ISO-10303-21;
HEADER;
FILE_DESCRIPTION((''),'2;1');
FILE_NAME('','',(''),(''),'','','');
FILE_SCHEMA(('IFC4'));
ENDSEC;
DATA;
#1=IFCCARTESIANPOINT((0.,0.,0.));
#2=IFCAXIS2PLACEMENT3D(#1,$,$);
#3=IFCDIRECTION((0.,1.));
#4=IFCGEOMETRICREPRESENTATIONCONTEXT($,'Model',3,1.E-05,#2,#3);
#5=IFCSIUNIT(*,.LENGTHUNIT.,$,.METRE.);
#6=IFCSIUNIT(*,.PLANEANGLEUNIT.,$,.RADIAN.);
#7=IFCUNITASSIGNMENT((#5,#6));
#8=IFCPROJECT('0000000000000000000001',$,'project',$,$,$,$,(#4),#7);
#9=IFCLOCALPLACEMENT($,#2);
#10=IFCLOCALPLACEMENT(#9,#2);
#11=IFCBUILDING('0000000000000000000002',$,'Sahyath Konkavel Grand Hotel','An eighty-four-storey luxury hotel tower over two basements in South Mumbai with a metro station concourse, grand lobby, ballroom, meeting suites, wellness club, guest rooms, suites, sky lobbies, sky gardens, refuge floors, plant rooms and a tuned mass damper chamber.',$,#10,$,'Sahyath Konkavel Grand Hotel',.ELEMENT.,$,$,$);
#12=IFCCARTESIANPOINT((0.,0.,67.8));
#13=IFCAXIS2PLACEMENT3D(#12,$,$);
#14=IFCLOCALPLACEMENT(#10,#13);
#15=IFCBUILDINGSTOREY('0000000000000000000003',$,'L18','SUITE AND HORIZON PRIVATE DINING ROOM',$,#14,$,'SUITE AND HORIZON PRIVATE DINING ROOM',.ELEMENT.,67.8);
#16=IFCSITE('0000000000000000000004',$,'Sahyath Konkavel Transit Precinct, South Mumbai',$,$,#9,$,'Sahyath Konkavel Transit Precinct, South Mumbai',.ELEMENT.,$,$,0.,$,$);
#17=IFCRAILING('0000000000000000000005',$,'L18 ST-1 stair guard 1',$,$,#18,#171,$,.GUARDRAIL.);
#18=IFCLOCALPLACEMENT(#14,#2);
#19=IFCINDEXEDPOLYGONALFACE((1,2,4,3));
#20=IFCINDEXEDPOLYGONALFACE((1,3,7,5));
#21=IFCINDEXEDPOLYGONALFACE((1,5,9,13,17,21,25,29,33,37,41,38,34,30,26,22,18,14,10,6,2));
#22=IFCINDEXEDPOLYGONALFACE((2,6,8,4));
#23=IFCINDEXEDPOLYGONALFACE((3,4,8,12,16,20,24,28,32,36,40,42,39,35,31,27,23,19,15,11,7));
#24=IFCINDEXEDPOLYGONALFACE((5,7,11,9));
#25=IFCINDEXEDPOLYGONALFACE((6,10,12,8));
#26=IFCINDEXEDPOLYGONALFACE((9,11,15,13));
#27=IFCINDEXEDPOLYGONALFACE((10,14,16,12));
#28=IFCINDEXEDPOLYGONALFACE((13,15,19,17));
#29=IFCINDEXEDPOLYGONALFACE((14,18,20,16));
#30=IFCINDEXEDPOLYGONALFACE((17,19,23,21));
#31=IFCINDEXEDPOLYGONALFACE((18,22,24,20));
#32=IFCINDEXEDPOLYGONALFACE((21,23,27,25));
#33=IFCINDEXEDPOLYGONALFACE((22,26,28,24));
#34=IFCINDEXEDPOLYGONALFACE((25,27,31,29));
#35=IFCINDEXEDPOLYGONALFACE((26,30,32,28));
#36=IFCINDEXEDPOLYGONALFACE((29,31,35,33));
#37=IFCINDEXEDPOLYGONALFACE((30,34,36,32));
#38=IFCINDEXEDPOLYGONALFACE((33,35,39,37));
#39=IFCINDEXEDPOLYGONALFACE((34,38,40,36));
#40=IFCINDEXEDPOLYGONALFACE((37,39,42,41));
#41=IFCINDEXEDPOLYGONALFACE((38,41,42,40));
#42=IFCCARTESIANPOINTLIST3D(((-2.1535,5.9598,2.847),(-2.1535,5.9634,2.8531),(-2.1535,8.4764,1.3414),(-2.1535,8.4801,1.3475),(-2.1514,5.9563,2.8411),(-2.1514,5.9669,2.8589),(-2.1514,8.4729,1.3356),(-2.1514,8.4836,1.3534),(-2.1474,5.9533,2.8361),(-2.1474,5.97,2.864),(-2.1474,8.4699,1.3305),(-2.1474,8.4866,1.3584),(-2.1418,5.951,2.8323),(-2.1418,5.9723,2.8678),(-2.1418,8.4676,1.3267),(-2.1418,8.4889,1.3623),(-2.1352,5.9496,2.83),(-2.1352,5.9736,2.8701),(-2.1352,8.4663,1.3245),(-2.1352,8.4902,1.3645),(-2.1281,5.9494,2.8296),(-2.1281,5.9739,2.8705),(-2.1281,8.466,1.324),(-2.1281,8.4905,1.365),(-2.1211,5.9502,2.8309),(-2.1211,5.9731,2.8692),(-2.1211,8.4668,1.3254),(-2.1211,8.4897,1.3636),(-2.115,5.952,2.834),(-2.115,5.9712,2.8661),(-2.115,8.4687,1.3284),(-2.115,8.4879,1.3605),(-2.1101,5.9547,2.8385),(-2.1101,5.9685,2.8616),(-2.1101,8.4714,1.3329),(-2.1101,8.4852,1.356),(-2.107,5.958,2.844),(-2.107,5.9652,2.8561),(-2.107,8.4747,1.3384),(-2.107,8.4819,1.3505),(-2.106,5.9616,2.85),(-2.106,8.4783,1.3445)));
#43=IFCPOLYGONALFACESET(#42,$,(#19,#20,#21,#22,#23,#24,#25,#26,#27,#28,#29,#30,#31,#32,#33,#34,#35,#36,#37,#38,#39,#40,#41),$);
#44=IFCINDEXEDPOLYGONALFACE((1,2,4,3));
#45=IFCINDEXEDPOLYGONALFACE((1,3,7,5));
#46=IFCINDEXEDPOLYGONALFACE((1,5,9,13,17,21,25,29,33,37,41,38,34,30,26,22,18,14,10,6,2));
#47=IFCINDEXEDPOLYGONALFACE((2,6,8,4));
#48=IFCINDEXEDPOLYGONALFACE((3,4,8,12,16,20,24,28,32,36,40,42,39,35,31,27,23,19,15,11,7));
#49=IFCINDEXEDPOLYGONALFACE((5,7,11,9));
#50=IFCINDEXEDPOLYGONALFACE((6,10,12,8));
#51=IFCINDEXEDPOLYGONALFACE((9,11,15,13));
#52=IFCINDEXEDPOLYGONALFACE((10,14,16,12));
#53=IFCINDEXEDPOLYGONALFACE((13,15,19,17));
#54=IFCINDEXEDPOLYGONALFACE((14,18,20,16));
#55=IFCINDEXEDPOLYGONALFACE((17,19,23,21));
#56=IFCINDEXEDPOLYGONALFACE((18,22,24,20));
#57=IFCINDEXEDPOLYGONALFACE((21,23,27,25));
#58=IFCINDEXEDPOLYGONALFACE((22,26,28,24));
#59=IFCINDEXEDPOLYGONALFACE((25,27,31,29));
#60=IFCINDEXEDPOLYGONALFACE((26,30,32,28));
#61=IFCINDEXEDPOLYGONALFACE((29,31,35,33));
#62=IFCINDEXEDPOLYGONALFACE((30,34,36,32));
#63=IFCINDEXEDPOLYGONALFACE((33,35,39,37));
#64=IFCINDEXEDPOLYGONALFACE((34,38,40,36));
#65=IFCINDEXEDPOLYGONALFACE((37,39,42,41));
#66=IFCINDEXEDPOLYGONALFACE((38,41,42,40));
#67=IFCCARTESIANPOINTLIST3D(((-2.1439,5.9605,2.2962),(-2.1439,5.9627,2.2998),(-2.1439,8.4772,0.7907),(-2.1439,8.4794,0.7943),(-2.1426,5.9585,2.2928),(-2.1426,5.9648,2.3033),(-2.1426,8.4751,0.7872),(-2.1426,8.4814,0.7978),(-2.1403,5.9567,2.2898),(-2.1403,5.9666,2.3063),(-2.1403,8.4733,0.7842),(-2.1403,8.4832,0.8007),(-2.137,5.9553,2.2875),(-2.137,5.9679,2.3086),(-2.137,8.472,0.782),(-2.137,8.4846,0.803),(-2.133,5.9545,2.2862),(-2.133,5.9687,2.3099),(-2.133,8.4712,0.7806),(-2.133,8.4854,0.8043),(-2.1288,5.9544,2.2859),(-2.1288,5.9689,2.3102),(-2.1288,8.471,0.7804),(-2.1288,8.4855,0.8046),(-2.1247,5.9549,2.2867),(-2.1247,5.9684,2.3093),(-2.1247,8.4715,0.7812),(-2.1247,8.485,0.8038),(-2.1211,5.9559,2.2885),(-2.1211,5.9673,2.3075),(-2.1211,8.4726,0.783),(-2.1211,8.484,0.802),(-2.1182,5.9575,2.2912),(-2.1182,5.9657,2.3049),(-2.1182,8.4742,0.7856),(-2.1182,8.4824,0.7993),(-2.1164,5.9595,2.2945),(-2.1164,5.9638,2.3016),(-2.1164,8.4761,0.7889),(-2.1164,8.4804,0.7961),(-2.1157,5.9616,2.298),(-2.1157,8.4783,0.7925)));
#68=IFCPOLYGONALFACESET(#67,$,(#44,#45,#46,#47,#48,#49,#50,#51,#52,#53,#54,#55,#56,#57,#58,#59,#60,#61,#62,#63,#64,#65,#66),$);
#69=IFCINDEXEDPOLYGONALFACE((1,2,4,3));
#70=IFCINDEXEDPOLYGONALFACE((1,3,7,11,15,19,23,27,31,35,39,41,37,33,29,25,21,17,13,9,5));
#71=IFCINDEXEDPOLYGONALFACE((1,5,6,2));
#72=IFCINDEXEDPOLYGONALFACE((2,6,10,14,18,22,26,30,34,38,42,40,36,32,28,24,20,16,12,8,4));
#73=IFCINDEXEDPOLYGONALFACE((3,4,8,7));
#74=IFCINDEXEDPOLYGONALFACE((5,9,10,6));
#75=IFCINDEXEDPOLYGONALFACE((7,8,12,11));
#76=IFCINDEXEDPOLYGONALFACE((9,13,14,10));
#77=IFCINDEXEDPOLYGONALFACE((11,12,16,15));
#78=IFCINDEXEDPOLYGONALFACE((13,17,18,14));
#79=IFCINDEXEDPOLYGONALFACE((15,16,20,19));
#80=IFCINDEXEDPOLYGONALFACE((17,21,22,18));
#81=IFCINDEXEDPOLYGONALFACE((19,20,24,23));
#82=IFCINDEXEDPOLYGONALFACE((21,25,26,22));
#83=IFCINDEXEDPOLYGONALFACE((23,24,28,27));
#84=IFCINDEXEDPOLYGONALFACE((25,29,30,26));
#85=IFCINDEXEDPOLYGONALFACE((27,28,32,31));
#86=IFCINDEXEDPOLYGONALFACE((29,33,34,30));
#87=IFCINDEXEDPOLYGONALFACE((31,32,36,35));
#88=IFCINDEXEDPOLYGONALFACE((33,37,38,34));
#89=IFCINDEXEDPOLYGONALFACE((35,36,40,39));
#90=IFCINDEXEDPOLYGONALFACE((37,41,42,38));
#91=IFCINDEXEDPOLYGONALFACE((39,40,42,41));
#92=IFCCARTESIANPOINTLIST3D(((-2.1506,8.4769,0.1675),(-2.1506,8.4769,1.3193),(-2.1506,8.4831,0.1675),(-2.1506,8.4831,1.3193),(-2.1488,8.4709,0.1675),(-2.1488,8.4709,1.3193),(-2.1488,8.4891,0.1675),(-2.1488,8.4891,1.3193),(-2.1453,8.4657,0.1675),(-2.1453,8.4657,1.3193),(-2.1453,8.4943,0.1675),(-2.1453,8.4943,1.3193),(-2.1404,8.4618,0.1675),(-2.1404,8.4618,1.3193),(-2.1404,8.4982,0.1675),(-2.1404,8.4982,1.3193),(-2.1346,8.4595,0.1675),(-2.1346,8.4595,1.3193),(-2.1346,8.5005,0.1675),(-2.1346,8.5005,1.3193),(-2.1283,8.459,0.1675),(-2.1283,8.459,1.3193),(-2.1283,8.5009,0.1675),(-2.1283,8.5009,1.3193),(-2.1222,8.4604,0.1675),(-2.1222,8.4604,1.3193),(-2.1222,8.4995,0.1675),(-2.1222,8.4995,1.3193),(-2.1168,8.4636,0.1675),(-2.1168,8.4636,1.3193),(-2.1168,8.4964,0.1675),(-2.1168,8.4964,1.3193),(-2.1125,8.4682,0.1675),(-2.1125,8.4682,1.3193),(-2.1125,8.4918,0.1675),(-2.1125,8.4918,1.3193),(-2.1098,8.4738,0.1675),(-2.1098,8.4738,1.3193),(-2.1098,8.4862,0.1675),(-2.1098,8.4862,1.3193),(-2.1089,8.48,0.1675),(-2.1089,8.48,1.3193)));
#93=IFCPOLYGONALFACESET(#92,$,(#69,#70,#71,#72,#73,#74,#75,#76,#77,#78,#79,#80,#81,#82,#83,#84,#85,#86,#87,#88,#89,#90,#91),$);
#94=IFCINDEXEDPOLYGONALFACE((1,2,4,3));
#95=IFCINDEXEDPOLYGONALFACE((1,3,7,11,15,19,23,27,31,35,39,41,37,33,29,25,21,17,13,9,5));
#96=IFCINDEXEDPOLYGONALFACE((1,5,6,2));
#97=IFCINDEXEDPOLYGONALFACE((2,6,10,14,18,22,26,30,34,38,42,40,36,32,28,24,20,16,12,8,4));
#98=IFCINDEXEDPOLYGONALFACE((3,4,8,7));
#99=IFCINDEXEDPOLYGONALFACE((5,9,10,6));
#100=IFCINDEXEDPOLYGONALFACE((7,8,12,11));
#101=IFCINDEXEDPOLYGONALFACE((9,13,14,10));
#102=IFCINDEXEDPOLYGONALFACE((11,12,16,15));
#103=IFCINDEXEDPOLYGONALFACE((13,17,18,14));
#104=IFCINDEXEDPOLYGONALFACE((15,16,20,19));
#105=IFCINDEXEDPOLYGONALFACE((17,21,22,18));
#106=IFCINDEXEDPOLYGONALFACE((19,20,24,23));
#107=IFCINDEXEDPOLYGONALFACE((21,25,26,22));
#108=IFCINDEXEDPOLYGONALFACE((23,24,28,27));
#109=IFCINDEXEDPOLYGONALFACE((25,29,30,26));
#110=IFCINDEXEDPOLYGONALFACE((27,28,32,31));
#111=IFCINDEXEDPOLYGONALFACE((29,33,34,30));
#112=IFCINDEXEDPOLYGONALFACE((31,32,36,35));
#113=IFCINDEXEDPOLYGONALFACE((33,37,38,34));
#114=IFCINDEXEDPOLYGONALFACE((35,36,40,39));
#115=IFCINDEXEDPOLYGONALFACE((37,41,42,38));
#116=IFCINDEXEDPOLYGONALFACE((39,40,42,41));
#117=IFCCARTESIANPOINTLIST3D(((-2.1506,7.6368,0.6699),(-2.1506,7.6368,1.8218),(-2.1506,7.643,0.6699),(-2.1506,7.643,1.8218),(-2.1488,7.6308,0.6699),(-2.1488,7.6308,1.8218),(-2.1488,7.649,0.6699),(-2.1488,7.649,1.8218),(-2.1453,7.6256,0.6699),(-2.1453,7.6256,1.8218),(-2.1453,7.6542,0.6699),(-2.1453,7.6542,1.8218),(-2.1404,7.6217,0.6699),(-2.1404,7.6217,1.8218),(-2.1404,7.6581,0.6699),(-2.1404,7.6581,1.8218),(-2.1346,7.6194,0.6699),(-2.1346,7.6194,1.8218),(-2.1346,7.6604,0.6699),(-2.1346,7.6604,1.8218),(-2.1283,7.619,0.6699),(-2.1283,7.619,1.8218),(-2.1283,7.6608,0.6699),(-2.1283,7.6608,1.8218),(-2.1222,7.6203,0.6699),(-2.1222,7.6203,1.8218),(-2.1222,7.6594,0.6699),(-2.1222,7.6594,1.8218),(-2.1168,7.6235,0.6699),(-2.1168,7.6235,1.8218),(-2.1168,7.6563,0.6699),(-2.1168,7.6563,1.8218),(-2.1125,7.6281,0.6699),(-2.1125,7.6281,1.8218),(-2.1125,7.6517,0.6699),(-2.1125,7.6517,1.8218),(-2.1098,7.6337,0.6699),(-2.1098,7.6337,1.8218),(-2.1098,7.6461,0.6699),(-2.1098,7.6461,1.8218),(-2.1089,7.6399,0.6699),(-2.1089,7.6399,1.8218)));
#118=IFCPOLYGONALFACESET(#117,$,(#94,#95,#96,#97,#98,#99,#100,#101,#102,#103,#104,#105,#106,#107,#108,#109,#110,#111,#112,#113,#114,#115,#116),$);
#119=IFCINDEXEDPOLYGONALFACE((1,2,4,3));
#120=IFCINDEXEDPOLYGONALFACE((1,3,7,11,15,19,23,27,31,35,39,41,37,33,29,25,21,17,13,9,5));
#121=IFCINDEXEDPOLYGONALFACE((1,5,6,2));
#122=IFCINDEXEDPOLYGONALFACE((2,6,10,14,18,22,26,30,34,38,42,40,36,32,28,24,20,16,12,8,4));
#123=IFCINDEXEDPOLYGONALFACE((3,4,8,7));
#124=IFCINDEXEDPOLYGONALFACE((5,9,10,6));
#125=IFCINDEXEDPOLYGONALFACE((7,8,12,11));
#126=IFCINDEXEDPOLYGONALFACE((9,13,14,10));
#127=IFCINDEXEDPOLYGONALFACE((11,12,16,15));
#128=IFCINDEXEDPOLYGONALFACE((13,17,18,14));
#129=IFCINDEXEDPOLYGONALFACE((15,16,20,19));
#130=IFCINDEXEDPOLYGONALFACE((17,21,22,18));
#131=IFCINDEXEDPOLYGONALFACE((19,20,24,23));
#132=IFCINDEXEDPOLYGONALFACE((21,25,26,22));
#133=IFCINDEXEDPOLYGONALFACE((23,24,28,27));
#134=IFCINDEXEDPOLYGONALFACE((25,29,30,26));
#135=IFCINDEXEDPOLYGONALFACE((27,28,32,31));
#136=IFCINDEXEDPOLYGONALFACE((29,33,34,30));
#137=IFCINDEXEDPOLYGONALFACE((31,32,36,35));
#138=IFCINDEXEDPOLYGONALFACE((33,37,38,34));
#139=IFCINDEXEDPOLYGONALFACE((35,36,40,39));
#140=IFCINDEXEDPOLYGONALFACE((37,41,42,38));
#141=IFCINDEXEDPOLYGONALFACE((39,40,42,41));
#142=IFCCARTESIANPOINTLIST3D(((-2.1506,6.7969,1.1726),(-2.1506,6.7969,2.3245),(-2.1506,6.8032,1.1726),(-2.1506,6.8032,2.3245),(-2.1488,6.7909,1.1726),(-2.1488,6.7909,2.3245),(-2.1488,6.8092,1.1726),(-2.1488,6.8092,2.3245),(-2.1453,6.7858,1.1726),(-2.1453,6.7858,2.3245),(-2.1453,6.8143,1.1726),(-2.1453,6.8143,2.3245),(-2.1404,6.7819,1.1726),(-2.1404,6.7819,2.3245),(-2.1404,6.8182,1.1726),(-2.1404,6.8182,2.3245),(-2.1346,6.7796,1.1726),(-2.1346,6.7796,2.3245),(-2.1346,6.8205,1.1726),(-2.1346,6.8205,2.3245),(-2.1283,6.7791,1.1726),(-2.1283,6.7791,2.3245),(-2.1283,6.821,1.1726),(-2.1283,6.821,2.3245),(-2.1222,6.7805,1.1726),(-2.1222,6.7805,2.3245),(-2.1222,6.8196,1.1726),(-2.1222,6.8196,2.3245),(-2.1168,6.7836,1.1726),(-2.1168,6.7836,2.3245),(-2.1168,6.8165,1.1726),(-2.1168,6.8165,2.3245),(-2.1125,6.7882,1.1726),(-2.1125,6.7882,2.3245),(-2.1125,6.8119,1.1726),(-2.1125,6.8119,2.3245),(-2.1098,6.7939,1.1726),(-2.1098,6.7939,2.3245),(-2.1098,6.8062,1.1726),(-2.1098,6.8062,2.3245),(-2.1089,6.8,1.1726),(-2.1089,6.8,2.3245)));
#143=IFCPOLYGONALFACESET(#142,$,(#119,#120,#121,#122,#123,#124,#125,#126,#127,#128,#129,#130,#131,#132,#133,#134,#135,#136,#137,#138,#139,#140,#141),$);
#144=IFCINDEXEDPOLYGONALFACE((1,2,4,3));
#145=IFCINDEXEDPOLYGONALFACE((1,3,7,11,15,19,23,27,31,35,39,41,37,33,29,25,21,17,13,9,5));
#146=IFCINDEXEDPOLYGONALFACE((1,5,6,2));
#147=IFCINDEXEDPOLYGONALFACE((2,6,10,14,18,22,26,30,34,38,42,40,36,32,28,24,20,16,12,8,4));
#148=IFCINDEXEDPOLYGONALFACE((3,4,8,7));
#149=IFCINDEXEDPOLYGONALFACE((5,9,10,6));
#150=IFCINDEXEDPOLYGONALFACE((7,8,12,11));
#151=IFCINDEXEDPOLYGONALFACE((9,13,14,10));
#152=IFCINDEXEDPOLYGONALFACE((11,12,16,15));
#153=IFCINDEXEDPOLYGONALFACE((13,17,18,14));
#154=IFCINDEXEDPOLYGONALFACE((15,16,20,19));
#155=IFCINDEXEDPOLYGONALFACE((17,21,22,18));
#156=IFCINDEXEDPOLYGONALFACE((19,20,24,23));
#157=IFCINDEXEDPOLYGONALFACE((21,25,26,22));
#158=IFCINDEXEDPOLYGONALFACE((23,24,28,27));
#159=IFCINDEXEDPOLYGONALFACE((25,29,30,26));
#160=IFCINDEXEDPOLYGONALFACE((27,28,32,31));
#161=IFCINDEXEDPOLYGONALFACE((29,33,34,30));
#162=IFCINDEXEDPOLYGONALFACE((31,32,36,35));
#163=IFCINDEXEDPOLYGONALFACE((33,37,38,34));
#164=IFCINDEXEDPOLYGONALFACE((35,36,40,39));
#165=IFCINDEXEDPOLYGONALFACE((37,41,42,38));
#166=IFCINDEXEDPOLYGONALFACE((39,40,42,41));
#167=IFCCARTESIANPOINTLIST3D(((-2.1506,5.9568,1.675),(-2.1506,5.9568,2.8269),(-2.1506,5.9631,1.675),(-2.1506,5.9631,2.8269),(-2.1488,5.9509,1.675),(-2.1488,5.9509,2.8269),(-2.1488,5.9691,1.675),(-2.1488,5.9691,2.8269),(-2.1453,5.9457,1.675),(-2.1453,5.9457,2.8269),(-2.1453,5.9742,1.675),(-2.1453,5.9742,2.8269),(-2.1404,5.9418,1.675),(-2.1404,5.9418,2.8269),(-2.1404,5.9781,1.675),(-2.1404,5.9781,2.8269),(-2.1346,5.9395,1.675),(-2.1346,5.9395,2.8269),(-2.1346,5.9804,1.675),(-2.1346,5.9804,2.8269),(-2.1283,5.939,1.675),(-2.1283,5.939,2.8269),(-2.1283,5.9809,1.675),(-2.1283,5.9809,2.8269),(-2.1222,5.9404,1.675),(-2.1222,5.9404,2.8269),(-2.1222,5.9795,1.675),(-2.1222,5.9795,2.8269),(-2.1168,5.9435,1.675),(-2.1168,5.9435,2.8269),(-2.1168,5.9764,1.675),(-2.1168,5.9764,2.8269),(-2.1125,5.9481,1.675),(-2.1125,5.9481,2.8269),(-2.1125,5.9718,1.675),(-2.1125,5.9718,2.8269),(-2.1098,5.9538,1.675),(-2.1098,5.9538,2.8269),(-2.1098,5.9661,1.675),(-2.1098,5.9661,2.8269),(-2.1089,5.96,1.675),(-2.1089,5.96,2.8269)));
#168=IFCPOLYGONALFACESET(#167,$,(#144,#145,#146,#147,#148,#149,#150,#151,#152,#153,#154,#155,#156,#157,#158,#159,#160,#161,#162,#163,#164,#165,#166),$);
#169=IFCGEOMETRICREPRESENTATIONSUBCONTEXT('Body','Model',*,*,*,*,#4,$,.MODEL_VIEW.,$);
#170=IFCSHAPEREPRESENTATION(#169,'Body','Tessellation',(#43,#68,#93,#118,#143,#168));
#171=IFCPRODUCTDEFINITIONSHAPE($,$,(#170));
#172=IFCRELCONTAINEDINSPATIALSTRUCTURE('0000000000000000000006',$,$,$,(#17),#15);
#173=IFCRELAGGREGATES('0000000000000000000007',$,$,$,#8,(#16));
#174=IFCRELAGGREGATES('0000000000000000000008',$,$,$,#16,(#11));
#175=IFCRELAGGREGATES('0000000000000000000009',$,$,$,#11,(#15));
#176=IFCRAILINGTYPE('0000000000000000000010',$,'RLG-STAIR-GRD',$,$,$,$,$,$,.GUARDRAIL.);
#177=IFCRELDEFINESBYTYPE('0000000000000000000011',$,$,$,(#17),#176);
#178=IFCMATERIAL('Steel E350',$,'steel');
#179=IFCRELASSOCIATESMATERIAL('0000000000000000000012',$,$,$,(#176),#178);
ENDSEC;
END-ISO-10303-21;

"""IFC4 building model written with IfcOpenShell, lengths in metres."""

from ifc_helpers import new_model, si_unit, direction, frame, origin, origin_2d, place, context, subcontext, project, spatial, circle, extrude, material, type_object, element, save


model = new_model("IFC4")

# Units and contexts
model_context = context("Model", 3, precision=1e-05, world=origin(), true_north=direction((0.0, 1.0)))
body_context = subcontext(model_context, "Body", "Model", "MODEL_VIEW")
ifc_project = project(units=[si_unit("LENGTHUNIT", "METRE"), si_unit("PLANEANGLEUNIT", "RADIAN")], contexts=[model_context])

# Site, building, storey
site_placement = place(None, origin())
site = spatial("IfcSite", under=ifc_project, at=site_placement, Name="Sahyath Konkavel Transit Precinct, South Mumbai", LongName="Sahyath Konkavel Transit Precinct, South Mumbai", CompositionType="ELEMENT", RefElevation=0.0)
building_placement = place(site_placement, origin())
building = spatial("IfcBuilding", under=site, at=building_placement, Name="Sahyath Konkavel Grand Hotel", Description="An eighty-four-storey luxury hotel tower over two basements in South Mumbai with a metro station concourse, grand lobby, ballroom, meeting suites, wellness club, guest rooms, suites, sky lobbies, sky gardens, refuge floors, plant rooms and a tuned mass damper chamber.", LongName="Sahyath Konkavel Grand Hotel", CompositionType="ELEMENT")
storey_placement = place(building_placement, frame((0.0, 0.0, 67.8)))
storey = spatial("IfcBuildingStorey", under=building, at=storey_placement, Name="L18", Description="SUITE AND HORIZON PRIVATE DINING ROOM", LongName="SUITE AND HORIZON PRIVATE DINING ROOM", CompositionType="ELEMENT", Elevation=67.8)

# Shared definitions
ifc_material_1 = material(Name="Steel E350", Category="steel")

# Railing
railing_type_1 = type_object("IfcRailingType", Name="RLG-STAIR-GRD", PredefinedType="GUARDRAIL", material=ifc_material_1)
railing_1_placement = place(storey_placement, frame((-2.1299, 8.48, 0.1675)))
element("IfcRailing", 1, at=railing_1_placement, inside=storey, type_object=railing_type_1, Name="L18 ST-1 stair guard 1", PredefinedType="GUARDRAIL", context=body_context, shape_type="SweptSolid", body=[
    extrude(circle(Radius=0.0239, at=origin_2d()), frame((0.0, -0.0017, 1.177), z_axis=(0.0, -0.85816, 0.513383), x_axis=(1.0, 0.0, 0.0)), (0.0, 0.0, 1.0), 2.9326),
    extrude(circle(Radius=0.0142, at=origin_2d()), frame((0.0, -0.0017, 0.625), z_axis=(0.0, -0.85816, 0.513383), x_axis=(1.0, 0.0, 0.0)), (0.0, 0.0, 1.0), 2.9326),
    extrude(circle(Radius=0.021, at=origin_2d()), origin(), (0.0, 0.0, 1.0), 1.1519),
    extrude(circle(Radius=0.021, at=origin_2d()), frame((0.0, -0.8401, 0.5024)), (0.0, 0.0, 1.0), 1.1519),
    extrude(circle(Radius=0.021, at=origin_2d()), frame((0.0, -1.6799, 1.0051)), (0.0, 0.0, 1.0), 1.1519),
    extrude(circle(Radius=0.021, at=origin_2d()), frame((0.0, -2.52, 1.5076)), (0.0, 0.0, 1.0), 1.1519),
])

save(model, "model.ifc")
